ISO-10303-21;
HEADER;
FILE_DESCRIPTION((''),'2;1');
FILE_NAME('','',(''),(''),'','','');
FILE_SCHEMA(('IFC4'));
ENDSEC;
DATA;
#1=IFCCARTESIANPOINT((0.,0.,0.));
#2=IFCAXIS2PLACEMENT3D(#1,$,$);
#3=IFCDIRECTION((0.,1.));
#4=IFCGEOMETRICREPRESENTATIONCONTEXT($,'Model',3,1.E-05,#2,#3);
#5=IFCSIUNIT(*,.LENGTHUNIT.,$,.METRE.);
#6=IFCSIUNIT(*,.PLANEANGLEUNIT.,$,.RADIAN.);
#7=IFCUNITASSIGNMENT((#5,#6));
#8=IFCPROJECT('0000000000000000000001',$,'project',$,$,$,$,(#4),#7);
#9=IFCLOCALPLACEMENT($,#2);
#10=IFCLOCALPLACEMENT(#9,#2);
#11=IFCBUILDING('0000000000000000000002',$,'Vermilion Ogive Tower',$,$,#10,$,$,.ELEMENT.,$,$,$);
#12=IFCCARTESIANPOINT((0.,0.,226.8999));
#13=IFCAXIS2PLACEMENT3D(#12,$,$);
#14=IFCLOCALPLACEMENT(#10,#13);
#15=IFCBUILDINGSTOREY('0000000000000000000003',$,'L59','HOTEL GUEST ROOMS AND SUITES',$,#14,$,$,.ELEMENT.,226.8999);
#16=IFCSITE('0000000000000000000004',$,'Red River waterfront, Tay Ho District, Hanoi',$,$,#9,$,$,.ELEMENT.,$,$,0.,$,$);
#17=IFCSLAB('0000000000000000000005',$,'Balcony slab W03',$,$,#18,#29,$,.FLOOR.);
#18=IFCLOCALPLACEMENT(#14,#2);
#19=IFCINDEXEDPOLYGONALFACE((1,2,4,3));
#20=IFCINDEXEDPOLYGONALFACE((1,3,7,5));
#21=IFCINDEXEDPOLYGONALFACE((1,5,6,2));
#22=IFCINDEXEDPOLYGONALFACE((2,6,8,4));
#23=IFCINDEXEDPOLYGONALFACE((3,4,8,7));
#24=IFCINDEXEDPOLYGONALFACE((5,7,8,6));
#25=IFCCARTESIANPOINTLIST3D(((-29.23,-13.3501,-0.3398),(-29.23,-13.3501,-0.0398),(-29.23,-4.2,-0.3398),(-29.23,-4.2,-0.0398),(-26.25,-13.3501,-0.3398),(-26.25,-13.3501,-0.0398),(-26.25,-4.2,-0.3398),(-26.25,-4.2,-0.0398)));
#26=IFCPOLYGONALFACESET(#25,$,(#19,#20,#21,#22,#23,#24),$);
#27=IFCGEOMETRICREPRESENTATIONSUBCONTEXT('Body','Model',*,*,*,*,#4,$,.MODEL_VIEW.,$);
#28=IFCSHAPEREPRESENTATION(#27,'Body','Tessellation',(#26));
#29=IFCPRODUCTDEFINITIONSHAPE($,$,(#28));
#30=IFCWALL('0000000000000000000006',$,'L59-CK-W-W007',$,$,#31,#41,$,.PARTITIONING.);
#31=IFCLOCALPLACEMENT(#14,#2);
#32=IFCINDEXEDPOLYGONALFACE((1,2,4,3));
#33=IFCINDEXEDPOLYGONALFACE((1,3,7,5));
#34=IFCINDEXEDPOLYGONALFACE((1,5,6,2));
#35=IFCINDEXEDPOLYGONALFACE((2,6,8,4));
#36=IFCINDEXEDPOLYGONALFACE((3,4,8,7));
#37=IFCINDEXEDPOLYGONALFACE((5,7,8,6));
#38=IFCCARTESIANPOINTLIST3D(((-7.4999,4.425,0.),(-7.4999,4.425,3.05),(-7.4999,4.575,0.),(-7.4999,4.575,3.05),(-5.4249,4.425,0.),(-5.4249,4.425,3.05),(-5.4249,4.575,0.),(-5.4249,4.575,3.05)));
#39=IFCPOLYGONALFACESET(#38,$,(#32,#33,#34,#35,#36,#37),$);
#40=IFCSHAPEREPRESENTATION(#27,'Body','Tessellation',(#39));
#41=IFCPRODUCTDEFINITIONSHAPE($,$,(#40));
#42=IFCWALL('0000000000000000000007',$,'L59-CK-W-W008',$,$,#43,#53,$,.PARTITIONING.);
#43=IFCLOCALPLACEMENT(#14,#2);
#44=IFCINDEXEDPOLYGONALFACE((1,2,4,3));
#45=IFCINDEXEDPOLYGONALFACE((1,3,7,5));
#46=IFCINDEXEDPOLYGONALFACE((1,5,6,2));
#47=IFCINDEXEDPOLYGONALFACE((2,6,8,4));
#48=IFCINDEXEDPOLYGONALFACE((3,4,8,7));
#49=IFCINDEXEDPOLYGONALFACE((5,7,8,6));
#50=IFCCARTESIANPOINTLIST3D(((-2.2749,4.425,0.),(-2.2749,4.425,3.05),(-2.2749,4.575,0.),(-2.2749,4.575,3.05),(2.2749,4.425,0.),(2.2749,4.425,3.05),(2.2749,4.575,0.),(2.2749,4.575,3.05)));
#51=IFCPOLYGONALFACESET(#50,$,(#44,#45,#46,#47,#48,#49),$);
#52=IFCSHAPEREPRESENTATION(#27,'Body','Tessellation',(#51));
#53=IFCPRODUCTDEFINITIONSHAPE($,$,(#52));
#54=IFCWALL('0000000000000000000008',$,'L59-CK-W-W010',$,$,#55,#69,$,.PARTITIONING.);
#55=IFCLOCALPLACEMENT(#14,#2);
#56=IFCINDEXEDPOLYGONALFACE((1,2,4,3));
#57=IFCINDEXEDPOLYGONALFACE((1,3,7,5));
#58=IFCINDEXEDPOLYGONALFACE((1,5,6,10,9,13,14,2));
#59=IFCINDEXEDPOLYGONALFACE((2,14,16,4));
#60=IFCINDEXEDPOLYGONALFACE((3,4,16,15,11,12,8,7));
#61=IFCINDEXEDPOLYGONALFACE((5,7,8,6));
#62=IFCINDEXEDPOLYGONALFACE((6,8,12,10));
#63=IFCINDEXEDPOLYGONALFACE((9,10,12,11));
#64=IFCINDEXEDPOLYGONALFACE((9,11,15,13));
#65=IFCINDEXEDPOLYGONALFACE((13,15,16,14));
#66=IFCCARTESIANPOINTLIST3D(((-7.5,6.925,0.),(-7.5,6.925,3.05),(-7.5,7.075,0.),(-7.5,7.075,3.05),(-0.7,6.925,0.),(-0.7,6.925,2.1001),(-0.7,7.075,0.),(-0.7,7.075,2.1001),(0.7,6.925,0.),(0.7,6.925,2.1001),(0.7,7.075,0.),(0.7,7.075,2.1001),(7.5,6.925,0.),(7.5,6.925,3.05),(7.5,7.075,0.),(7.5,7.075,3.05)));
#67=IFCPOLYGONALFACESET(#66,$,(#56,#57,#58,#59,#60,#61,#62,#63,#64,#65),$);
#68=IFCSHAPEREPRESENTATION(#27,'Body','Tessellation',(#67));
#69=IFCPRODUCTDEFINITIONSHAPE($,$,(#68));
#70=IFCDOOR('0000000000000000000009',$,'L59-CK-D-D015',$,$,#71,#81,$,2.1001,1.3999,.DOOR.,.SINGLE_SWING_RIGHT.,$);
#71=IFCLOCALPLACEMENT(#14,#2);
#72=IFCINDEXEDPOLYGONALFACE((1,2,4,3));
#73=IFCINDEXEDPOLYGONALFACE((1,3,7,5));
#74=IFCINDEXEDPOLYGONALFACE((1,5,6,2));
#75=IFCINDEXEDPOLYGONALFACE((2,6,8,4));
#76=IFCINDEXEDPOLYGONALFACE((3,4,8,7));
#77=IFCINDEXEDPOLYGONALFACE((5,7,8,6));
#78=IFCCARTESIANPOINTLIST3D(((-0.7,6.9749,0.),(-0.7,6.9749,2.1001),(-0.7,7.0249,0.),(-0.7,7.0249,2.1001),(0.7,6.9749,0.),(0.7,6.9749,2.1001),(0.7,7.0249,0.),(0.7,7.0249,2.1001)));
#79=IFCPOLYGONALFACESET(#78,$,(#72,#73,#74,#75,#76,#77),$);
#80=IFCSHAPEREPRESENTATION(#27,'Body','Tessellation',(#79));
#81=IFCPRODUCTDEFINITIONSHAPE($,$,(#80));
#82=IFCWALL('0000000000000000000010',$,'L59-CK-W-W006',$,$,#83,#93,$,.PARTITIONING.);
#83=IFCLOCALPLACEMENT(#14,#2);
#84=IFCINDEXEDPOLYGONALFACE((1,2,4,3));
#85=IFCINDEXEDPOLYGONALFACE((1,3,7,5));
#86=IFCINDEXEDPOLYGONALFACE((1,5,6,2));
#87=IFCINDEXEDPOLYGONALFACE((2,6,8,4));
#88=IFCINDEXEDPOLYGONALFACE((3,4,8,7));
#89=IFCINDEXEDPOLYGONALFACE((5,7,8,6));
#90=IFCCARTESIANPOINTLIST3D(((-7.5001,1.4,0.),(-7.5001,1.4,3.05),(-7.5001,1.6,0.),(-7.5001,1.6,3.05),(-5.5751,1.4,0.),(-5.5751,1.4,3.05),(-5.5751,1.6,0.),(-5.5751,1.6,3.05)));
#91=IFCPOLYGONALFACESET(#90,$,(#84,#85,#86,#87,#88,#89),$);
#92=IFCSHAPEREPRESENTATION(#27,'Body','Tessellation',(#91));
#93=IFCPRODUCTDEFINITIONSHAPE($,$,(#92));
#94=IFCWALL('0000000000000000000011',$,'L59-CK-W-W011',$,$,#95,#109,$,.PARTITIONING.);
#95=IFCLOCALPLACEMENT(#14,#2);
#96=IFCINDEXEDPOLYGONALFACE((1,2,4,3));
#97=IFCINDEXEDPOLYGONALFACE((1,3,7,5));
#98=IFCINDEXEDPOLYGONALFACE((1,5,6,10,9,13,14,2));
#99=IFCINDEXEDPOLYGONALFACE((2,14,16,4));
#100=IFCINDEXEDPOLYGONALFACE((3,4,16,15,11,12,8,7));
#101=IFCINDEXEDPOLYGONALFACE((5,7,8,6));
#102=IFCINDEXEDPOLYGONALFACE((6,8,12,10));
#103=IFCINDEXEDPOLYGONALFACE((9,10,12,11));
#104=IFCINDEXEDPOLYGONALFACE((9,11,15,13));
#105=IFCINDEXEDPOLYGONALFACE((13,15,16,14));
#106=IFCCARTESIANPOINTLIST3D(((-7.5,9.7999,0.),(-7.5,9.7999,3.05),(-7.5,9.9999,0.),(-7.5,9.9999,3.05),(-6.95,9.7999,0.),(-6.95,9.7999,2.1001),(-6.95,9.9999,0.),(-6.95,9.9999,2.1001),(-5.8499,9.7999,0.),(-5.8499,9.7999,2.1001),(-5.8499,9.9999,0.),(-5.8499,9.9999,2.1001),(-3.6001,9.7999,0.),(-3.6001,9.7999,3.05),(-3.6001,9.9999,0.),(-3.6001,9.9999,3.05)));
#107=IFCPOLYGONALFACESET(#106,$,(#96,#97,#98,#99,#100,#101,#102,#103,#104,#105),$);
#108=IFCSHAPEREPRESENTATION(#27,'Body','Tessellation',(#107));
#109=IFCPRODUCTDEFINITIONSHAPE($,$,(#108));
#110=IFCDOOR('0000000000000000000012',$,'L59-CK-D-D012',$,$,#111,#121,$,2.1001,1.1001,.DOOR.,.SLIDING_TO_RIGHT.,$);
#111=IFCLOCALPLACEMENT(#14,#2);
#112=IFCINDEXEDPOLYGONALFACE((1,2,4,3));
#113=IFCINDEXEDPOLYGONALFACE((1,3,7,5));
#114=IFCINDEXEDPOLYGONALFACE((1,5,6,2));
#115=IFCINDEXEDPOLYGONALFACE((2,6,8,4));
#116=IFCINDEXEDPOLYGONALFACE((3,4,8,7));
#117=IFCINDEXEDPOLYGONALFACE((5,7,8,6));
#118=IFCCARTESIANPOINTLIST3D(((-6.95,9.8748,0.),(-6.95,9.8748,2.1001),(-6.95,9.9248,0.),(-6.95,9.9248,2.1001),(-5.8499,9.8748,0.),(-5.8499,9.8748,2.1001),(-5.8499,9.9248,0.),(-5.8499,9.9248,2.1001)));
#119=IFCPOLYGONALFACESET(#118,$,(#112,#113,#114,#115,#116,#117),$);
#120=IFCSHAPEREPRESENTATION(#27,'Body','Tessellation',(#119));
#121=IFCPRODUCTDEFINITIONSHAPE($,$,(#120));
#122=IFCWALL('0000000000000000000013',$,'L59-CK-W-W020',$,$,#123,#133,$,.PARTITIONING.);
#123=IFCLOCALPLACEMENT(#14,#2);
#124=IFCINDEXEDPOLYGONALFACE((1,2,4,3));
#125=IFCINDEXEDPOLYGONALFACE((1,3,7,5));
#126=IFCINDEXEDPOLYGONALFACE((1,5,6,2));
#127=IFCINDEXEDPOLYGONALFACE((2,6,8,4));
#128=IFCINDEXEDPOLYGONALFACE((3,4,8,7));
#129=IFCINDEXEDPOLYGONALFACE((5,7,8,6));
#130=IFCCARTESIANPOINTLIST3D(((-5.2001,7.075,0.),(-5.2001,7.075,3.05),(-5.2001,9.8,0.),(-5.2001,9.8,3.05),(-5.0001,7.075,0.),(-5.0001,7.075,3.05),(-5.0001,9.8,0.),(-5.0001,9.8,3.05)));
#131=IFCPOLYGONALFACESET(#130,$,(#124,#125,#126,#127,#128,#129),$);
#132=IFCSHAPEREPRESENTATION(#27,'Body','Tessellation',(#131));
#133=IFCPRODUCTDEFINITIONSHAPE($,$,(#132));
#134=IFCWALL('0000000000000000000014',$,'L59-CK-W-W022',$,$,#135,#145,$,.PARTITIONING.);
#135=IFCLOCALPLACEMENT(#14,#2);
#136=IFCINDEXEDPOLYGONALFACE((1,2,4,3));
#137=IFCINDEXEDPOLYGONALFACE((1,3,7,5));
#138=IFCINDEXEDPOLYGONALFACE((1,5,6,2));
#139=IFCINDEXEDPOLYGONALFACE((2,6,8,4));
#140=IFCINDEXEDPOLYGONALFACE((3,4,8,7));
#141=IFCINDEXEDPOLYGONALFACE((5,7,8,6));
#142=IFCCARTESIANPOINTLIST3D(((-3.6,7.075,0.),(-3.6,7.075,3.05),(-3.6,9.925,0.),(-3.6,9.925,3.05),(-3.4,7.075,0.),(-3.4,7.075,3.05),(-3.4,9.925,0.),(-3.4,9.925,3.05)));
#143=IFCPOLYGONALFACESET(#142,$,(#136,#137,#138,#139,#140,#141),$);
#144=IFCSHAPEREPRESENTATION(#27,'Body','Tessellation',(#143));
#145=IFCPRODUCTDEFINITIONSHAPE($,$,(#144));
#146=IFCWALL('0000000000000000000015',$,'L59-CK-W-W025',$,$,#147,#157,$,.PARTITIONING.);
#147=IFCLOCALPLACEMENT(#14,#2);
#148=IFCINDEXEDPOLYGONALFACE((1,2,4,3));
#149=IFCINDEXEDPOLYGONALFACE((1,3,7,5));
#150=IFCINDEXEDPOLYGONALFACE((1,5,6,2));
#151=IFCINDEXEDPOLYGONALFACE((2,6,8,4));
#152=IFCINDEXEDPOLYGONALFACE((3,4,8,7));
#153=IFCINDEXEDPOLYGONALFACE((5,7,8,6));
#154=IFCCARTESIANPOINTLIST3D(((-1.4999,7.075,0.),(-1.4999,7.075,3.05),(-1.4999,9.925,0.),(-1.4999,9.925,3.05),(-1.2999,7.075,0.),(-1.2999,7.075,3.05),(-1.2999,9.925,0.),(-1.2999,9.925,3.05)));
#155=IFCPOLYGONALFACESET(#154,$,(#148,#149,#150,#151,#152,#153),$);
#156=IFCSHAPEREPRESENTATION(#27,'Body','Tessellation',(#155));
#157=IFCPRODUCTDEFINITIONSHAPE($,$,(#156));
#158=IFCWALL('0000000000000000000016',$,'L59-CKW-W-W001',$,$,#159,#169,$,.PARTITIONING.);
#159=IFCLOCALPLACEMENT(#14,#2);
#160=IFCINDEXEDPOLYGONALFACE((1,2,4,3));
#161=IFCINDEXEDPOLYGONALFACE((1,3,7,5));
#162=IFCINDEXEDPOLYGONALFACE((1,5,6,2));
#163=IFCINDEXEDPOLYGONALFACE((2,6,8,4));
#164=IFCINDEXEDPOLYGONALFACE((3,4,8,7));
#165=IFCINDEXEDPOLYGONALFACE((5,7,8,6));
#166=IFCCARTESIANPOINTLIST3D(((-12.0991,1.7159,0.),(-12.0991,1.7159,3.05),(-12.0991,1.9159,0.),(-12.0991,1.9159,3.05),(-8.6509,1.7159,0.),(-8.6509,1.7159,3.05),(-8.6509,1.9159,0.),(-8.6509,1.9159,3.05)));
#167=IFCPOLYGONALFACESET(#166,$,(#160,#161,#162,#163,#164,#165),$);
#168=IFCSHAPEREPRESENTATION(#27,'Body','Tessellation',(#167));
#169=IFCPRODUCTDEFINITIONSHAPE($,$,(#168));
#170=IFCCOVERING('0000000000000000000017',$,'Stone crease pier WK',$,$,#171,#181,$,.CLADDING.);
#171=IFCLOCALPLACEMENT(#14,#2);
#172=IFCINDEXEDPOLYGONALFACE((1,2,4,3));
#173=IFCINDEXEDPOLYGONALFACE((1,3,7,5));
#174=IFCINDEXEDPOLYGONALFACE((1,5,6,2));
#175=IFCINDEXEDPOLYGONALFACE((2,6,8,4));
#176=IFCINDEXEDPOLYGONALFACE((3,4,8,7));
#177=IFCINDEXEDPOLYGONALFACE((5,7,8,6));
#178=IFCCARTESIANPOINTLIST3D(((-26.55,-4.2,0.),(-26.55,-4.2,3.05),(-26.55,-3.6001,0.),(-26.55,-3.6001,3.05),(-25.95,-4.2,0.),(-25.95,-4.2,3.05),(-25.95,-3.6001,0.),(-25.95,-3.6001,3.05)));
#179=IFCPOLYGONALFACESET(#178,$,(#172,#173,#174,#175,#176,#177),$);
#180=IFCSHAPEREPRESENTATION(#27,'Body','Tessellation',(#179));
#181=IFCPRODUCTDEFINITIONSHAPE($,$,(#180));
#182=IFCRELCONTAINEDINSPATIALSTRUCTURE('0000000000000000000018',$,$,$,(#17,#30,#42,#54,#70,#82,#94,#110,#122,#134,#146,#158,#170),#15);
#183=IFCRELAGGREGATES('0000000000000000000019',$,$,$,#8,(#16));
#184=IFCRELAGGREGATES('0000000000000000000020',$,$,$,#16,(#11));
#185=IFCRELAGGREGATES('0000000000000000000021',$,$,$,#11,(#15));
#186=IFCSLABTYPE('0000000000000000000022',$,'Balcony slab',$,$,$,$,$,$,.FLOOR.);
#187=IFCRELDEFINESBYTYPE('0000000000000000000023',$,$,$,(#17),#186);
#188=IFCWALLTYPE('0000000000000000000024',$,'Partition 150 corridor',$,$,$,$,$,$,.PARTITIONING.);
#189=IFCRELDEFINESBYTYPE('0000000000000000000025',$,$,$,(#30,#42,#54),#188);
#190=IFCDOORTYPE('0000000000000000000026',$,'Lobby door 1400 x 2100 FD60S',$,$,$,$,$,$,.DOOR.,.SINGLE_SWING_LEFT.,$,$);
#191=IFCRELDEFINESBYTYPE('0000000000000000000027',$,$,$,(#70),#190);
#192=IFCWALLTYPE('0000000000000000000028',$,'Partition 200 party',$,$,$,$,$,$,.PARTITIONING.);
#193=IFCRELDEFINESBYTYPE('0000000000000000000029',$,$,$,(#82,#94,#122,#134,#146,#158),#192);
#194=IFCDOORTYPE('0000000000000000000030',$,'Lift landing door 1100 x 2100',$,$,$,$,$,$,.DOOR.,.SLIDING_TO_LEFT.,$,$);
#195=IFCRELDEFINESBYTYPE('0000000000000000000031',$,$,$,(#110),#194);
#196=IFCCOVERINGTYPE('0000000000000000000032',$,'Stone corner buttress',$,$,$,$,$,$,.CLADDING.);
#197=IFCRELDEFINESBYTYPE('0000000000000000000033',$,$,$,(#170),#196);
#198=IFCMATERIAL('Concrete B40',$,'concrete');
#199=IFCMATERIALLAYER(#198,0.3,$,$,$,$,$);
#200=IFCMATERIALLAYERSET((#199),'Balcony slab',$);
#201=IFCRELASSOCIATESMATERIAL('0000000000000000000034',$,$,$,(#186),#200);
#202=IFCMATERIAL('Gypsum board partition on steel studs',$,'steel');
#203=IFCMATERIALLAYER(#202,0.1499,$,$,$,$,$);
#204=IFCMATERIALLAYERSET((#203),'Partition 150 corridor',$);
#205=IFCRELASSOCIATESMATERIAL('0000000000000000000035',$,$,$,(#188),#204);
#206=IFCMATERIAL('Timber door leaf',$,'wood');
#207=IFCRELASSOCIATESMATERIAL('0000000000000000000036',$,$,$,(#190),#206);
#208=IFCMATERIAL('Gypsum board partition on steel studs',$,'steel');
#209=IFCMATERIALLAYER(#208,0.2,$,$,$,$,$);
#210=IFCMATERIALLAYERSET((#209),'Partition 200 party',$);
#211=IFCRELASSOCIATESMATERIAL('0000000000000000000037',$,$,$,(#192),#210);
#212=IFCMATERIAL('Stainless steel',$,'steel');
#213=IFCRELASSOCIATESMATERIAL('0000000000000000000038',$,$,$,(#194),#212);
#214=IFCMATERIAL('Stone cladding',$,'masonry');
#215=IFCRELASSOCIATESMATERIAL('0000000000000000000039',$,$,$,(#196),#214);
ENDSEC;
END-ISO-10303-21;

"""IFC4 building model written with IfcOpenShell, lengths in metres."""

from ifc_helpers import new_model, si_unit, direction, frame, frame_2d, origin, place, context, subcontext, project, spatial, polyline, rectangle, outline, extrude, material, layer, layer_set, type_object, element, fill, save


model = new_model("IFC4")

# Units and contexts
model_context = context("Model", 3, precision=1e-05, world=origin(), true_north=direction((0.0, 1.0)))
body_context = subcontext(model_context, "Body", "Model", "MODEL_VIEW")
ifc_project = project(units=[si_unit("LENGTHUNIT", "METRE"), si_unit("PLANEANGLEUNIT", "RADIAN")], contexts=[model_context])

# Site, building, storey
site_placement = place(None, origin())
site = spatial("IfcSite", under=ifc_project, at=site_placement, Name="Red River waterfront, Tay Ho District, Hanoi", CompositionType="ELEMENT", RefElevation=0.0)
building_placement = place(site_placement, origin())
building = spatial("IfcBuilding", under=site, at=building_placement, Name="Vermilion Ogive Tower", CompositionType="ELEMENT")
storey_placement = place(building_placement, frame((0.0, 0.0, 226.8999)))
storey = spatial("IfcBuildingStorey", under=building, at=storey_placement, Name="L59", Description="HOTEL GUEST ROOMS AND SUITES", CompositionType="ELEMENT", Elevation=226.8999)

# Slab
ifc_material_1 = material(Name="Concrete B40", Category="concrete")
ifc_layer_1 = layer(ifc_material_1, 0.3)
ifc_layer_set_1 = layer_set([ifc_layer_1], Name="Balcony slab")
slab_type = type_object("IfcSlabType", Name="Balcony slab", PredefinedType="FLOOR", material=ifc_layer_set_1)
slab_placement = place(storey_placement, frame((0.0, 0.0, -0.3398)))
element("IfcSlab", 1, at=slab_placement, inside=storey, type_object=slab_type, Name="Balcony slab W03", PredefinedType="FLOOR", context=body_context, shape_type="SweptSolid", body=[
    extrude(outline(polyline([(-29.23, -4.2), (-29.23, -13.3501), (-26.25, -13.3501), (-26.25, -4.2), (-29.23, -4.2)])), origin(), (0.0, 0.0, 1.0), 0.3),
])

# Walls
ifc_material_2 = material(Name="Gypsum board partition on steel studs", Category="steel")
ifc_layer_2 = layer(ifc_material_2, 0.1499)
ifc_layer_set_2 = layer_set([ifc_layer_2], Name="Partition 150 corridor")
wall_type_1 = type_object("IfcWallType", Name="Partition 150 corridor", PredefinedType="PARTITIONING", material=ifc_layer_set_2)
wall_1_placement = place(storey_placement, frame((-7.5, 4.5, 0.0), z_axis=(0.0, 0.0, 1.0), x_axis=(1.0, 0.0, 0.0)))
element("IfcWall", 2, at=wall_1_placement, inside=storey, type_object=wall_type_1, Name="L59-CK-W-W007", PredefinedType="PARTITIONING", context=body_context, shape_type="SweptSolid", body=[
    extrude(rectangle(XDim=2.075, YDim=0.1499, at=frame_2d((1.0376, 0.0))), origin(), (0.0, 0.0, 1.0), 3.05),
])
wall_2_placement = place(storey_placement, frame((-2.2749, 4.5, 0.0), z_axis=(0.0, 0.0, 1.0), x_axis=(1.0, 0.0, 0.0)))
element("IfcWall", 3, at=wall_2_placement, inside=storey, type_object=wall_type_1, Name="L59-CK-W-W008", PredefinedType="PARTITIONING", context=body_context, shape_type="SweptSolid", body=[
    extrude(rectangle(XDim=4.5498, YDim=0.1499, at=frame_2d((2.2749, 0.0))), origin(), (0.0, 0.0, 1.0), 3.05),
])

# Wall, opening, door
wall_3_placement = place(storey_placement, frame((-7.5, 7.0, 0.0), z_axis=(0.0, 0.0, 1.0), x_axis=(1.0, 0.0, 0.0)))
wall_3 = element("IfcWall", 4, at=wall_3_placement, inside=storey, type_object=wall_type_1, Name="L59-CK-W-W010", PredefinedType="PARTITIONING", context=body_context, shape_type="SweptSolid", body=[
    extrude(rectangle(XDim=15.0, YDim=0.1499, at=frame_2d((7.5, 0.0))), origin(), (0.0, 0.0, 1.0), 3.05),
])
opening_1_placement = place(wall_3_placement, frame((6.8, 0.0, 0.0)))
opening_1 = element("IfcOpeningElement", 5, at=opening_1_placement, cuts=wall_3, PredefinedType="OPENING", context=body_context, shape_type="SweptSolid", body=[
    extrude(rectangle(XDim=1.3999, YDim=2.1001, at=frame_2d((0.7, 1.05))), frame((0.0, 0.085, 0.0), z_axis=(0.0, -1.0, 0.0), x_axis=(1.0, 0.0, 0.0)), (0.0, 0.0, 1.0), 0.1699),
])
ifc_material_3 = material(Name="Timber door leaf", Category="wood")
door_type_1 = type_object("IfcDoorType", Name="Lobby door 1400 x 2100 FD60S", OperationType="SINGLE_SWING_LEFT", PredefinedType="DOOR", material=ifc_material_3)
door_1_placement = place(opening_1_placement, origin())
door_1 = element("IfcDoor", 6, at=door_1_placement, inside=storey, type_object=door_type_1, Name="L59-CK-D-D015", OperationType="SINGLE_SWING_RIGHT", OverallHeight=2.1001, OverallWidth=1.3999, PredefinedType="DOOR", context=body_context, shape_type="SweptSolid", body=[
    extrude(rectangle(XDim=1.3999, YDim=2.1001, at=frame_2d((0.7, 1.05))), frame((0.0, 0.0249, 0.0), z_axis=(0.0, -1.0, 0.0), x_axis=(1.0, 0.0, 0.0)), (0.0, 0.0, 1.0), 0.05),
])
fill(opening_1, door_1)

# Wall
ifc_material_4 = material(Name="Gypsum board partition on steel studs", Category="steel")
ifc_layer_3 = layer(ifc_material_4, 0.2)
ifc_layer_set_3 = layer_set([ifc_layer_3], Name="Partition 200 party")
wall_type_2 = type_object("IfcWallType", Name="Partition 200 party", PredefinedType="PARTITIONING", material=ifc_layer_set_3)
wall_4_placement = place(storey_placement, frame((-7.5, 1.5, 0.0), z_axis=(0.0, 0.0, 1.0), x_axis=(1.0, 0.0, 0.0)))
element("IfcWall", 7, at=wall_4_placement, inside=storey, type_object=wall_type_2, Name="L59-CK-W-W006", PredefinedType="PARTITIONING", context=body_context, shape_type="SweptSolid", body=[
    extrude(rectangle(XDim=1.925, YDim=0.2, at=frame_2d((0.9624, 0.0))), origin(), (0.0, 0.0, 1.0), 3.05),
])

# Wall, opening, door
wall_5_placement = place(storey_placement, frame((-7.5, 9.8999, 0.0), z_axis=(0.0, 0.0, 1.0), x_axis=(1.0, 0.0, 0.0)))
wall_5 = element("IfcWall", 8, at=wall_5_placement, inside=storey, type_object=wall_type_2, Name="L59-CK-W-W011", PredefinedType="PARTITIONING", context=body_context, shape_type="SweptSolid", body=[
    extrude(rectangle(XDim=3.8999, YDim=0.2, at=frame_2d((1.95, 0.0))), origin(), (0.0, 0.0, 1.0), 3.05),
])
opening_2_placement = place(wall_5_placement, frame((0.55, 0.0, 0.0)))
opening_2 = element("IfcOpeningElement", 9, at=opening_2_placement, cuts=wall_5, PredefinedType="OPENING", context=body_context, shape_type="SweptSolid", body=[
    extrude(rectangle(XDim=1.1001, YDim=2.1001, at=frame_2d((0.55, 1.05))), frame((0.0, 0.1099, 0.0), z_axis=(0.0, -1.0, 0.0), x_axis=(1.0, 0.0, 0.0)), (0.0, 0.0, 1.0), 0.22),
])
ifc_material_5 = material(Name="Stainless steel", Category="steel")
door_type_2 = type_object("IfcDoorType", Name="Lift landing door 1100 x 2100", OperationType="SLIDING_TO_LEFT", PredefinedType="DOOR", material=ifc_material_5)
door_2_placement = place(opening_2_placement, origin())
door_2 = element("IfcDoor", 10, at=door_2_placement, inside=storey, type_object=door_type_2, Name="L59-CK-D-D012", OperationType="SLIDING_TO_RIGHT", OverallHeight=2.1001, OverallWidth=1.1001, PredefinedType="DOOR", context=body_context, shape_type="SweptSolid", body=[
    extrude(rectangle(XDim=1.1001, YDim=2.1001, at=frame_2d((0.55, 1.05))), frame((0.0, 0.0249, 0.0), z_axis=(0.0, -1.0, 0.0), x_axis=(1.0, 0.0, 0.0)), (0.0, 0.0, 1.0), 0.05),
])
fill(opening_2, door_2)

# Walls
wall_6_placement = place(storey_placement, frame((-5.1001, 7.075, 0.0), z_axis=(0.0, 0.0, 1.0), x_axis=(0.0, 1.0, 0.0)))
element("IfcWall", 11, at=wall_6_placement, inside=storey, type_object=wall_type_2, Name="L59-CK-W-W020", PredefinedType="PARTITIONING", context=body_context, shape_type="SweptSolid", body=[
    extrude(rectangle(XDim=2.7251, YDim=0.2, at=frame_2d((1.3625, 0.0))), origin(), (0.0, 0.0, 1.0), 3.05),
])
for number, where, z_axis, x_axis, name in (
    (12, (-3.5, 7.075, 0.0), (0.0, 0.0, 1.0), (0.0, 1.0, 0.0), "L59-CK-W-W022"),
    (13, (-1.3999, 7.075, 0.0), (0.0, 0.0, 1.0), (0.0, 1.0, 0.0), "L59-CK-W-W025"),
):
    element("IfcWall", number, at=place(storey_placement, frame(where, z_axis=z_axis, x_axis=x_axis)), inside=storey, type_object=wall_type_2, Name=name, PredefinedType="PARTITIONING", context=body_context, shape_type="SweptSolid", body=[
        extrude(rectangle(XDim=2.8501, YDim=0.2, at=frame_2d((1.425, 0.0))), origin(), (0.0, 0.0, 1.0), 3.05),
    ])
wall_7_placement = place(storey_placement, frame((-12.0991, 1.8159, 0.0), z_axis=(0.0, 0.0, 1.0), x_axis=(1.0, 0.0, 0.0)))
element("IfcWall", 14, at=wall_7_placement, inside=storey, type_object=wall_type_2, Name="L59-CKW-W-W001", PredefinedType="PARTITIONING", context=body_context, shape_type="SweptSolid", body=[
    extrude(rectangle(XDim=3.4482, YDim=0.2, at=frame_2d((1.7241, 0.0))), origin(), (0.0, 0.0, 1.0), 3.05),
])

# Covering
ifc_material_6 = material(Name="Stone cladding", Category="masonry")
covering_type_1 = type_object("IfcCoveringType", Name="Stone corner buttress", PredefinedType="CLADDING", material=ifc_material_6)
covering_1_placement = place(storey_placement, origin())
element("IfcCovering", 15, at=covering_1_placement, inside=storey, type_object=covering_type_1, Name="Stone crease pier WK", PredefinedType="CLADDING", context=body_context, shape_type="SweptSolid", body=[
    extrude(outline(polyline([(-26.55, -3.6001), (-26.55, -4.2), (-25.95, -4.2), (-25.95, -3.6001), (-26.55, -3.6001)])), origin(), (0.0, 0.0, 1.0), 3.05),
])

save(model, "model.ifc")
